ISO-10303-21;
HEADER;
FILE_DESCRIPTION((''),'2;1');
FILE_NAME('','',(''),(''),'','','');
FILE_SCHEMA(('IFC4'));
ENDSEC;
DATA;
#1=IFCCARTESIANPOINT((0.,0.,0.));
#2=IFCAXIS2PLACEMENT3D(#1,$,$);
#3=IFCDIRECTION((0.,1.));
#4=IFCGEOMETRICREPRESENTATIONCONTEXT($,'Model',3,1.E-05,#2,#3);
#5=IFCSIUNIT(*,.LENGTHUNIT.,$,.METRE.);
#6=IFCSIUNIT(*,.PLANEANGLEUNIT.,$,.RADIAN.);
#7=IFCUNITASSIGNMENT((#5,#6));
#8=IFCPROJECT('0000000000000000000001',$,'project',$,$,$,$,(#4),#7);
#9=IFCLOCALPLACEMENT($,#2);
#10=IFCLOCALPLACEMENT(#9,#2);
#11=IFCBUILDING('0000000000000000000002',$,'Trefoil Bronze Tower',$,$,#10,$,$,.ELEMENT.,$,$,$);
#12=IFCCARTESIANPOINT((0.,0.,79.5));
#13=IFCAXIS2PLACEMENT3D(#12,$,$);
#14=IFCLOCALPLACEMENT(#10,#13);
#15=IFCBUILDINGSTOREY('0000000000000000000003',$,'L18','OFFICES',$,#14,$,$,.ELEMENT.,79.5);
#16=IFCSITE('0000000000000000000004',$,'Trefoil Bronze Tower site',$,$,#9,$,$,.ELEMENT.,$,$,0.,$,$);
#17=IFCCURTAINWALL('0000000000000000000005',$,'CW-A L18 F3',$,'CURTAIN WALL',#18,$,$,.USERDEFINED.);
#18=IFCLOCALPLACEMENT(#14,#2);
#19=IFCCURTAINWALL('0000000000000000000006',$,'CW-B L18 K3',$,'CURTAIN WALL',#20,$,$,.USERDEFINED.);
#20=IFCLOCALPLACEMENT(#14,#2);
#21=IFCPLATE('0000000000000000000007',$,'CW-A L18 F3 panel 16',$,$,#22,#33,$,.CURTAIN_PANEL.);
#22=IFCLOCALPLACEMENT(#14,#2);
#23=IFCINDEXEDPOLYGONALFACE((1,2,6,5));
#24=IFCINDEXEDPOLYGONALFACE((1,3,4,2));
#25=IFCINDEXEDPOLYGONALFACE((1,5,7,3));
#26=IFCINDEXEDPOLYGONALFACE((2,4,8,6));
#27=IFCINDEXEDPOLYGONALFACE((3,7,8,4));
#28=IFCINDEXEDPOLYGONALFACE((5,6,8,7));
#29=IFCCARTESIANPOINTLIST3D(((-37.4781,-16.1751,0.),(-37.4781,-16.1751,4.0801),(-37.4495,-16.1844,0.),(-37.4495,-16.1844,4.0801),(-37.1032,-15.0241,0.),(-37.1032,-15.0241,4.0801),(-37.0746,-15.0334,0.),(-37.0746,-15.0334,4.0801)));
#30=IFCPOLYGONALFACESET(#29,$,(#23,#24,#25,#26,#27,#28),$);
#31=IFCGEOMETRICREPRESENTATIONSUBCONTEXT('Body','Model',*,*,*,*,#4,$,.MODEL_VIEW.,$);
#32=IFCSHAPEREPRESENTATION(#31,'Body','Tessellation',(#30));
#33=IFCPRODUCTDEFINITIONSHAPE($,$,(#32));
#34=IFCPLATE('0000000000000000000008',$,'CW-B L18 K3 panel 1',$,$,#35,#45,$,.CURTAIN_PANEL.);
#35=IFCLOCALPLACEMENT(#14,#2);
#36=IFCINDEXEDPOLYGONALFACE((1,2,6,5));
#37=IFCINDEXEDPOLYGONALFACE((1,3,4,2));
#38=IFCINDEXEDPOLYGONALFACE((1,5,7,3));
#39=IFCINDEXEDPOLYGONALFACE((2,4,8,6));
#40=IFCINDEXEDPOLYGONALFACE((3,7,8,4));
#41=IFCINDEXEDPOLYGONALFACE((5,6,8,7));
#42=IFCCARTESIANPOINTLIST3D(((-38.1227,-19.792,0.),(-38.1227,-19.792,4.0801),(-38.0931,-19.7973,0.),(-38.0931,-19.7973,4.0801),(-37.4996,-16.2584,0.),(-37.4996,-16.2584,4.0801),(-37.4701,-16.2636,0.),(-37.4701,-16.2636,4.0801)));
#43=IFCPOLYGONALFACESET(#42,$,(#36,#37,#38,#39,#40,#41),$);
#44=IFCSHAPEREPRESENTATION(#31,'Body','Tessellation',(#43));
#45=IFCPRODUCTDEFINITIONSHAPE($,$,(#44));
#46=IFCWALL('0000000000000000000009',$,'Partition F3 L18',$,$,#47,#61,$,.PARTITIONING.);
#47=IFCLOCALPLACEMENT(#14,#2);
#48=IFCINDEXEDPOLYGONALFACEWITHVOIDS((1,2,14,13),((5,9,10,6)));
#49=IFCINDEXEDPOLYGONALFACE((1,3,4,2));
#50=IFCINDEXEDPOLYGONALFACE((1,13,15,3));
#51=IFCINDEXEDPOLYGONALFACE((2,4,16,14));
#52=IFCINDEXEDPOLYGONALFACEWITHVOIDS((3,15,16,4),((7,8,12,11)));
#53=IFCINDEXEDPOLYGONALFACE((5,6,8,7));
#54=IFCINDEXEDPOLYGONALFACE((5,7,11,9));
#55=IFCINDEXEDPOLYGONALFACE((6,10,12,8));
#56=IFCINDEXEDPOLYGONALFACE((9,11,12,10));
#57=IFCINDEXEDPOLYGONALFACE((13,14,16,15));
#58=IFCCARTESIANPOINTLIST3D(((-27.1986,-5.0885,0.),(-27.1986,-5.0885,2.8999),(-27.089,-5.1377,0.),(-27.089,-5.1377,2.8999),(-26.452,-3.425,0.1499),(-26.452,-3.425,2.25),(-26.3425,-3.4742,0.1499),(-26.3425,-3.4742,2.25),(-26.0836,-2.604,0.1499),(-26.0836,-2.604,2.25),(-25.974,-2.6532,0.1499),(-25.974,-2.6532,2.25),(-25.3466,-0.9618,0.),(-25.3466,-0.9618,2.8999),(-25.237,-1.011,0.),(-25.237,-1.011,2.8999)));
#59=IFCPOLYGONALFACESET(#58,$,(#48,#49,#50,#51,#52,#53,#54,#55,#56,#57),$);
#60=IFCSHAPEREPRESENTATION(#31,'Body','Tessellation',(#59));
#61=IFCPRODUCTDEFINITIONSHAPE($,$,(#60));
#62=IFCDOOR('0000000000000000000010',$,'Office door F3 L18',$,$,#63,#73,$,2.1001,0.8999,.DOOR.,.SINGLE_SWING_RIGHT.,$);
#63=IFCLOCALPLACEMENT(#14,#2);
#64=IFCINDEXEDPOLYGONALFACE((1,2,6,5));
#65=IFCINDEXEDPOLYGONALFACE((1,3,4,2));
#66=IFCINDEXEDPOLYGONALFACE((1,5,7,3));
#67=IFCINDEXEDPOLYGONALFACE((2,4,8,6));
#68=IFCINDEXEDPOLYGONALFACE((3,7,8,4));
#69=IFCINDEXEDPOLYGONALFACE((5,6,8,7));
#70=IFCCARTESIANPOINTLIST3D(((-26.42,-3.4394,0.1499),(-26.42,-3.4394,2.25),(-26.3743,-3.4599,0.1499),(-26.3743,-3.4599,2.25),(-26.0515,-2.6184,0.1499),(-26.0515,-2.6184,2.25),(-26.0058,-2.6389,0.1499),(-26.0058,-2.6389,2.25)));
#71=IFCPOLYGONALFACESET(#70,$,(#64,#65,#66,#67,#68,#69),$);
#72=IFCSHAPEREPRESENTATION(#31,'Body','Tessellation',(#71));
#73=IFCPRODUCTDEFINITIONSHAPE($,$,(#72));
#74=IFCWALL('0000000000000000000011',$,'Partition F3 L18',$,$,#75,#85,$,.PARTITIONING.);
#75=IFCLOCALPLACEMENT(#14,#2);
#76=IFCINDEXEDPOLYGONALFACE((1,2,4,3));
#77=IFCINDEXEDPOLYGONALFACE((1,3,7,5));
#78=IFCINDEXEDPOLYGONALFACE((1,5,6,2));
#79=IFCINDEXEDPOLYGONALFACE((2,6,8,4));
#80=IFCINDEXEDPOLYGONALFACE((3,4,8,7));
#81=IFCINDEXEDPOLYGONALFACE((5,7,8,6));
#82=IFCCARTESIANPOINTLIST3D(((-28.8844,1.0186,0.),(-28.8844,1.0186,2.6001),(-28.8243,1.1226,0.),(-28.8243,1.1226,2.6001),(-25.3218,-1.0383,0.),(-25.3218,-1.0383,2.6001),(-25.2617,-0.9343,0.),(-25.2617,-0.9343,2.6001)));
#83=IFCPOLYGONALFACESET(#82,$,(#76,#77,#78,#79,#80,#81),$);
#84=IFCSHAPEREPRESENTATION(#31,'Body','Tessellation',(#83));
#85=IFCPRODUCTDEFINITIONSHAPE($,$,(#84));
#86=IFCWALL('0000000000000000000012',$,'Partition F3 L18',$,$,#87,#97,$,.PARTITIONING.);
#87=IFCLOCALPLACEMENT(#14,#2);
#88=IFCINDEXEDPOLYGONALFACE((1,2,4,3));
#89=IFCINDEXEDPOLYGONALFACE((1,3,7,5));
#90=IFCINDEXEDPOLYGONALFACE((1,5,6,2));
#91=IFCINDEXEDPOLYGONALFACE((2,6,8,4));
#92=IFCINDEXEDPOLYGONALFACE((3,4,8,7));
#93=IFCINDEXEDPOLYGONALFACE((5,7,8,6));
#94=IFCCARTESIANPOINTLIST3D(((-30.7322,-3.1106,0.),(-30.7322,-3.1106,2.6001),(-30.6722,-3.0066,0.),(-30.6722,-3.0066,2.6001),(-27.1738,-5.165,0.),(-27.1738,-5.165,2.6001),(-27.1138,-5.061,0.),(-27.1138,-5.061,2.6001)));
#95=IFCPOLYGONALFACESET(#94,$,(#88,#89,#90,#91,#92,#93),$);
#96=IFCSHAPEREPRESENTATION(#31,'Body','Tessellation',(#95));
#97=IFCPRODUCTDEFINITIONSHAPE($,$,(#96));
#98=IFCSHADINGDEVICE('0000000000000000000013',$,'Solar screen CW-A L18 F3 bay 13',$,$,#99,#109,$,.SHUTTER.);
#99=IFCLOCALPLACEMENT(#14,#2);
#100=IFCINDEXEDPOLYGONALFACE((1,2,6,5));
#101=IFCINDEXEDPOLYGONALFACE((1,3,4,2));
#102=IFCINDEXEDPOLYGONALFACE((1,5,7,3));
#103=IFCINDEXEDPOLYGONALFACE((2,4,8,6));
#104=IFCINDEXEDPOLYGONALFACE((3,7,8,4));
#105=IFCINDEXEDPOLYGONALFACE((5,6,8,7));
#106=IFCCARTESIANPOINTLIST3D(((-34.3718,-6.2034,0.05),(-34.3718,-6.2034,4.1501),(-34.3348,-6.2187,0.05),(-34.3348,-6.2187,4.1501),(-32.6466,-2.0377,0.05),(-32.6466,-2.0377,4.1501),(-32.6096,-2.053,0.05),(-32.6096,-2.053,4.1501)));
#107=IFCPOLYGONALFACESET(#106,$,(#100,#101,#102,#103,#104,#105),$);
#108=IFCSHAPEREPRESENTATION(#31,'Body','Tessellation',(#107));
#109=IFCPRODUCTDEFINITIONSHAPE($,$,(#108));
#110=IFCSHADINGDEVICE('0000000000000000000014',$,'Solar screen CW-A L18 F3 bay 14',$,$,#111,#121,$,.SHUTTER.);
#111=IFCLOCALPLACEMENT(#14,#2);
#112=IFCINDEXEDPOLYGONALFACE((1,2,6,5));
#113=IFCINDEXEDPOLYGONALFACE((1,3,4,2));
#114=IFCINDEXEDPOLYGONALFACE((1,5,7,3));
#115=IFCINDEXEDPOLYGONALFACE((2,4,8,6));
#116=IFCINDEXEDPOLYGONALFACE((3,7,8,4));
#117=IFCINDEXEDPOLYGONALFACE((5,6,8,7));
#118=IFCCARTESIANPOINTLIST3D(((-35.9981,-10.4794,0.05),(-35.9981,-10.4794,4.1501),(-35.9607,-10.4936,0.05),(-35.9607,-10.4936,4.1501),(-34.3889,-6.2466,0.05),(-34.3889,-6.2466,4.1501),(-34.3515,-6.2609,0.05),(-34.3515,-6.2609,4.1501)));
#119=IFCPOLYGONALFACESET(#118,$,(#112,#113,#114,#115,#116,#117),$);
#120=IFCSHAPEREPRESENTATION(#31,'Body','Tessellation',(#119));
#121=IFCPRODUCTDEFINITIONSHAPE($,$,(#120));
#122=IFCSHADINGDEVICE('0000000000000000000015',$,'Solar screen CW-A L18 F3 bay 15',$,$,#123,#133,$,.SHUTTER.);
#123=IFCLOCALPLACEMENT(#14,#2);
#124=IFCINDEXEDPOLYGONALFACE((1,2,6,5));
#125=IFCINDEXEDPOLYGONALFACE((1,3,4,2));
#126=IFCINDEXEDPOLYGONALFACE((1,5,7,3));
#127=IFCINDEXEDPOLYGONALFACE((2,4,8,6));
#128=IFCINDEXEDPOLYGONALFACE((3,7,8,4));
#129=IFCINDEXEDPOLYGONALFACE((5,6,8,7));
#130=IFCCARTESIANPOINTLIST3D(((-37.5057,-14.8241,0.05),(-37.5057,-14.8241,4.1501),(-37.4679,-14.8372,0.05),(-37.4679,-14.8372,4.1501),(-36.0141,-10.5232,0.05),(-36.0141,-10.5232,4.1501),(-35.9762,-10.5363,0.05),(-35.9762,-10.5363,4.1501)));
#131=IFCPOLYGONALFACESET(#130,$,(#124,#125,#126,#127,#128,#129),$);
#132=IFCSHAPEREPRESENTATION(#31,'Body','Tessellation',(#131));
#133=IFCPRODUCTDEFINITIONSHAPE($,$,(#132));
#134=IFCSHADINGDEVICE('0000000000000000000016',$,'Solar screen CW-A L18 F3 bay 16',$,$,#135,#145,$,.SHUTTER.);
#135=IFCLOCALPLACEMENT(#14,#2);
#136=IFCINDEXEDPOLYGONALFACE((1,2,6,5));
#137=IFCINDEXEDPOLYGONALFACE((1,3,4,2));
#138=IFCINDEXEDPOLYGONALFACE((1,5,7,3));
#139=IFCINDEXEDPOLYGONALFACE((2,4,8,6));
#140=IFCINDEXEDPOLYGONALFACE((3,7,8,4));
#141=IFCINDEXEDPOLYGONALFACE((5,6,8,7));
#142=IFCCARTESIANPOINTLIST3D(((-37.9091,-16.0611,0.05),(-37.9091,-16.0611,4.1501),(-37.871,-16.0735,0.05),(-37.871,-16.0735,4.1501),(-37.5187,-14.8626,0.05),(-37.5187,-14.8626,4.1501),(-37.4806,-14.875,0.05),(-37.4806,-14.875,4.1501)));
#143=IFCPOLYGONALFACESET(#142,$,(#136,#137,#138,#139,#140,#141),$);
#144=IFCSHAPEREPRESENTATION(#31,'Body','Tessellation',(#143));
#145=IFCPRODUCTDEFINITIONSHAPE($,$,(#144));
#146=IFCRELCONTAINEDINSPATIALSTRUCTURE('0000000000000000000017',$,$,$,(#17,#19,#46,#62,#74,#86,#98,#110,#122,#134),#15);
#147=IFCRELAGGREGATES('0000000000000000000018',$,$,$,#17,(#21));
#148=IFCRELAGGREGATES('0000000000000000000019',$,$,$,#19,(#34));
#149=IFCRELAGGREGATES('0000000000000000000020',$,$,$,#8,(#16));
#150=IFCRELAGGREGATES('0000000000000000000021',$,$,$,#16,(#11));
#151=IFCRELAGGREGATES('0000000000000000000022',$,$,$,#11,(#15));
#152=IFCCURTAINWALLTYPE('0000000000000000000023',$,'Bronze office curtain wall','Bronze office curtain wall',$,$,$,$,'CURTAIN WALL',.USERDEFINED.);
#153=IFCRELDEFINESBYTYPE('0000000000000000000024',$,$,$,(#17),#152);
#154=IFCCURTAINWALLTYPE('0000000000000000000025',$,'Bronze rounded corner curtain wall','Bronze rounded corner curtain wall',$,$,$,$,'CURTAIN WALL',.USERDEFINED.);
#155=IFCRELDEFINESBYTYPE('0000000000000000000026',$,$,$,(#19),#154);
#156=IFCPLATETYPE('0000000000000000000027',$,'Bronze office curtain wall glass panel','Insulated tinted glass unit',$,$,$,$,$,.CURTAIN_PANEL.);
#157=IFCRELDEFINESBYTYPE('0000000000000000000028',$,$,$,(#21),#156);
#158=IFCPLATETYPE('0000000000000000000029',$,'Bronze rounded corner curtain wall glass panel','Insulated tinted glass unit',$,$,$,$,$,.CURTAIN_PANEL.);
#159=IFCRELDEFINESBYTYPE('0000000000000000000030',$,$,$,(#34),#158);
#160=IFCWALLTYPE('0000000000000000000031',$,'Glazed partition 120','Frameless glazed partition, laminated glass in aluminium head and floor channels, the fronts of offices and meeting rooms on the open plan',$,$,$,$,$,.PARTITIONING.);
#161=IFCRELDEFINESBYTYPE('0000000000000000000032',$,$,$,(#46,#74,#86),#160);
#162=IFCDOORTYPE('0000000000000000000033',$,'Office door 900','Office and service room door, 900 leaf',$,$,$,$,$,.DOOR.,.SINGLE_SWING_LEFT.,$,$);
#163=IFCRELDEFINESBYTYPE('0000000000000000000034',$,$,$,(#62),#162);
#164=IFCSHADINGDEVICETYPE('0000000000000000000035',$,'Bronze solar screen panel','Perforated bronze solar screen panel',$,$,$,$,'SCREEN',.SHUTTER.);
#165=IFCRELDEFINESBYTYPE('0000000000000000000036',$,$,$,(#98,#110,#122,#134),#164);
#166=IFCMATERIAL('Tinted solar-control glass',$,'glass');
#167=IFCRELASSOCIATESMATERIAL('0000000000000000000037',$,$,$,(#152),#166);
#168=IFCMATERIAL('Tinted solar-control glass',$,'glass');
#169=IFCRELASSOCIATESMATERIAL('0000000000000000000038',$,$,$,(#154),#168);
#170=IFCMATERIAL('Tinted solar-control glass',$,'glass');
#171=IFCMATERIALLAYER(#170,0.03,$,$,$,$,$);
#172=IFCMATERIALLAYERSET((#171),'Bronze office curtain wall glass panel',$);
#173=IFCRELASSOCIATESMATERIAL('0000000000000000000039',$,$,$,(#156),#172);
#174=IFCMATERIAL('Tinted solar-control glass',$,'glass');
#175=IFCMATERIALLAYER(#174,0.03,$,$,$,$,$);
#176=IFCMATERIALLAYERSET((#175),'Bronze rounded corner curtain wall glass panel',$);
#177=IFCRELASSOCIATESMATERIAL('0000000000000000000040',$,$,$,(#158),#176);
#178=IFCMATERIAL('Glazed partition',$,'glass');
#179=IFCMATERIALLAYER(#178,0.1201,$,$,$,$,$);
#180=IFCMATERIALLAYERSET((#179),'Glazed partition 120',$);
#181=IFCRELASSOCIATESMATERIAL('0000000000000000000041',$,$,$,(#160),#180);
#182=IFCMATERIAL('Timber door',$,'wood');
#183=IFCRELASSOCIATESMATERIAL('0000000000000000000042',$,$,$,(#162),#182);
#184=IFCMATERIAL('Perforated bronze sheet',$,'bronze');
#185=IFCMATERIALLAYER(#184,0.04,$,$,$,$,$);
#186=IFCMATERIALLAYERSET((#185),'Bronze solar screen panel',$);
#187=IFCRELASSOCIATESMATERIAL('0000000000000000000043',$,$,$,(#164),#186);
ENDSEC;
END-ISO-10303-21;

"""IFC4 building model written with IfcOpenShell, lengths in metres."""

from ifc_helpers import new_model, si_unit, direction, frame, frame_2d, origin, origin_2d, place, context, subcontext, project, spatial, rectangle, extrude, material, layer, layer_set, type_object, element, fill, aggregate, save


model = new_model("IFC4")

# Units and contexts
model_context = context("Model", 3, precision=1e-05, world=origin(), true_north=direction((0.0, 1.0)))
body_context = subcontext(model_context, "Body", "Model", "MODEL_VIEW")
ifc_project = project(units=[si_unit("LENGTHUNIT", "METRE"), si_unit("PLANEANGLEUNIT", "RADIAN")], contexts=[model_context])

# Site, building, storey
site_placement = place(None, origin())
site = spatial("IfcSite", under=ifc_project, at=site_placement, Name="Trefoil Bronze Tower site", CompositionType="ELEMENT", RefElevation=0.0)
building_placement = place(site_placement, origin())
building = spatial("IfcBuilding", under=site, at=building_placement, Name="Trefoil Bronze Tower", CompositionType="ELEMENT")
storey_placement = place(building_placement, frame((0.0, 0.0, 79.5)))
storey = spatial("IfcBuildingStorey", under=building, at=storey_placement, Name="L18", Description="OFFICES", CompositionType="ELEMENT", Elevation=79.5)

# Curtain walls
ifc_material_1 = material(Name="Tinted solar-control glass", Category="glass")
curtain_wall_type_1 = type_object("IfcCurtainWallType", Name="Bronze office curtain wall", Description="Bronze office curtain wall", ElementType="CURTAIN WALL", PredefinedType="USERDEFINED", material=ifc_material_1)
curtain_wall_1_placement = place(storey_placement, origin())
curtain_wall_1 = element("IfcCurtainWall", 1, at=curtain_wall_1_placement, inside=storey, type_object=curtain_wall_type_1, Name="CW-A L18 F3", ObjectType="CURTAIN WALL", PredefinedType="USERDEFINED")
ifc_material_2 = material(Name="Tinted solar-control glass", Category="glass")
curtain_wall_type_2 = type_object("IfcCurtainWallType", Name="Bronze rounded corner curtain wall", Description="Bronze rounded corner curtain wall", ElementType="CURTAIN WALL", PredefinedType="USERDEFINED", material=ifc_material_2)
curtain_wall_2_placement = place(storey_placement, origin())
curtain_wall_2 = element("IfcCurtainWall", 2, at=curtain_wall_2_placement, inside=storey, type_object=curtain_wall_type_2, Name="CW-B L18 K3", ObjectType="CURTAIN WALL", PredefinedType="USERDEFINED")

# Plates
ifc_material_3 = material(Name="Tinted solar-control glass", Category="glass")
ifc_layer_1 = layer(ifc_material_3, 0.03)
ifc_layer_set_1 = layer_set([ifc_layer_1], Name="Bronze office curtain wall glass panel")
plate_type_1 = type_object("IfcPlateType", Name="Bronze office curtain wall glass panel", Description="Insulated tinted glass unit", PredefinedType="CURTAIN_PANEL", material=ifc_layer_set_1)
plate_1_placement = place(storey_placement, frame((-37.2764, -15.6042, 0.0), z_axis=(0.0, 0.0, 1.0), x_axis=(-0.309728, -0.950825, 0.0)))
plate_1 = element("IfcPlate", 3, at=plate_1_placement, type_object=plate_type_1, Name="CW-A L18 F3 panel 16", PredefinedType="CURTAIN_PANEL", context=body_context, shape_type="SweptSolid", body=[
    extrude(rectangle(XDim=1.2104, YDim=0.03, at=origin_2d()), origin(), (0.0, 0.0, 1.0), 4.0801),
])
aggregate(curtain_wall_1, [plate_1])
ifc_material_4 = material(Name="Tinted solar-control glass", Category="glass")
ifc_layer_2 = layer(ifc_material_4, 0.03)
ifc_layer_set_2 = layer_set([ifc_layer_2], Name="Bronze rounded corner curtain wall glass panel")
plate_type_2 = type_object("IfcPlateType", Name="Bronze rounded corner curtain wall glass panel", Description="Insulated tinted glass unit", PredefinedType="CURTAIN_PANEL", material=ifc_layer_set_2)
plate_2_placement = place(storey_placement, frame((-37.7964, -18.0278, 0.0), z_axis=(0.0, 0.0, 1.0), x_axis=(-0.173648, -0.984808, 0.0)))
plate_2 = element("IfcPlate", 4, at=plate_2_placement, type_object=plate_type_2, Name="CW-B L18 K3 panel 1", PredefinedType="CURTAIN_PANEL", context=body_context, shape_type="SweptSolid", body=[
    extrude(rectangle(XDim=3.5881, YDim=0.03, at=origin_2d()), origin(), (0.0, 0.0, 1.0), 4.0801),
])
aggregate(curtain_wall_2, [plate_2])

# Wall, opening, door
ifc_material_5 = material(Name="Glazed partition", Category="glass")
ifc_layer_3 = layer(ifc_material_5, 0.1201)
ifc_layer_set_3 = layer_set([ifc_layer_3], Name="Glazed partition 120")
wall_type = type_object("IfcWallType", Name="Glazed partition 120", Description="Frameless glazed partition, laminated glass in aluminium head and floor channels, the fronts of offices and meeting rooms on the open plan", PredefinedType="PARTITIONING", material=ifc_layer_set_3)
wall_1_placement = place(storey_placement, frame((-25.2917, -0.9863, 0.0), z_axis=(0.0, 0.0, 1.0), x_axis=(-0.409451, -0.912332, 0.0)))
wall_1 = element("IfcWall", 5, at=wall_1_placement, inside=storey, type_object=wall_type, Name="Partition F3 L18", PredefinedType="PARTITIONING", context=body_context, shape_type="SweptSolid", body=[
    extrude(rectangle(XDim=4.5232, YDim=0.1201, at=frame_2d((2.2617, 0.0))), origin(), (0.0, 0.0, 1.0), 2.8999),
])
opening_placement = place(wall_1_placement, frame((1.8, 0.0, 0.1499)))
opening = element("IfcOpeningElement", 6, at=opening_placement, cuts=wall_1, PredefinedType="OPENING", context=body_context, shape_type="SweptSolid", body=[
    extrude(rectangle(XDim=0.8999, YDim=2.1001, at=frame_2d((0.45, 1.05))), frame((0.0, 0.0701, 0.0), z_axis=(0.0, -1.0, 0.0), x_axis=(1.0, 0.0, 0.0)), (0.0, 0.0, 1.0), 0.1401),
])
ifc_material_6 = material(Name="Timber door", Category="wood")
door_type = type_object("IfcDoorType", Name="Office door 900", Description="Office and service room door, 900 leaf", OperationType="SINGLE_SWING_LEFT", PredefinedType="DOOR", material=ifc_material_6)
door_placement = place(opening_placement, frame((0.8999, 0.0, 0.0), z_axis=(0.0, 0.0, 1.0), x_axis=(-1.0, 0.0, 0.0)))
door = element("IfcDoor", 7, at=door_placement, inside=storey, type_object=door_type, Name="Office door F3 L18", OperationType="SINGLE_SWING_RIGHT", OverallHeight=2.1001, OverallWidth=0.8999, PredefinedType="DOOR", context=body_context, shape_type="SweptSolid", body=[
    extrude(rectangle(XDim=0.8999, YDim=2.1001, at=frame_2d((0.45, 1.05))), frame((0.0, 0.0249, 0.0), z_axis=(0.0, -1.0, 0.0), x_axis=(1.0, 0.0, 0.0)), (0.0, 0.0, 1.0), 0.05),
])
fill(opening, door)

# Walls
wall_2_placement = place(storey_placement, frame((-25.2917, -0.9863, 0.0), z_axis=(0.0, 0.0, 1.0), x_axis=(-0.866018, 0.500014, 0.0)))
element("IfcWall", 8, at=wall_2_placement, inside=storey, type_object=wall_type, Name="Partition F3 L18", PredefinedType="PARTITIONING", context=body_context, shape_type="SweptSolid", body=[
    extrude(rectangle(XDim=4.1138, YDim=0.1201, at=frame_2d((2.0569, 0.0))), origin(), (0.0, 0.0, 1.0), 2.6001),
])
wall_3_placement = place(storey_placement, frame((-27.1438, -5.113, 0.0), z_axis=(0.0, 0.0, 1.0), x_axis=(-0.866022, 0.500005, 0.0)))
element("IfcWall", 9, at=wall_3_placement, inside=storey, type_object=wall_type, Name="Partition F3 L18", PredefinedType="PARTITIONING", context=body_context, shape_type="SweptSolid", body=[
    extrude(rectangle(XDim=4.1089, YDim=0.1201, at=frame_2d((2.0544, 0.0))), origin(), (0.0, 0.0, 1.0), 2.6001),
])

# Shading devices
ifc_material_7 = material(Name="Perforated bronze sheet", Category="bronze")
ifc_layer_4 = layer(ifc_material_7, 0.04)
ifc_layer_set_4 = layer_set([ifc_layer_4], Name="Bronze solar screen panel")
shading_device_type = type_object("IfcShadingDeviceType", Name="Bronze solar screen panel", Description="Perforated bronze solar screen panel", ElementType="SCREEN", PredefinedType="SHUTTER", material=ifc_layer_set_4)
shading_device_1_placement = place(storey_placement, frame((-33.4907, -4.1282, 0.05), z_axis=(0.0, 0.0, 1.0), x_axis=(-0.38263, -0.923902, 0.0)))
element("IfcShadingDevice", 10, at=shading_device_1_placement, inside=storey, type_object=shading_device_type, Name="Solar screen CW-A L18 F3 bay 13", PredefinedType="SHUTTER", context=body_context, shape_type="SweptSolid", body=[
    extrude(rectangle(XDim=4.5088, YDim=0.04, at=origin_2d()), origin(), (0.0, 0.0, 1.0), 4.1001),
])
shading_device_2_placement = place(storey_placement, frame((-35.1748, -8.3701, 0.05), z_axis=(0.0, 0.0, 1.0), x_axis=(-0.355371, -0.934725, 0.0)))
element("IfcShadingDevice", 11, at=shading_device_2_placement, inside=storey, type_object=shading_device_type, Name="Solar screen CW-A L18 F3 bay 14", PredefinedType="SHUTTER", context=body_context, shape_type="SweptSolid", body=[
    extrude(rectangle(XDim=4.5283, YDim=0.04, at=origin_2d()), origin(), (0.0, 0.0, 1.0), 4.1001),
])
shading_device_3_placement = place(storey_placement, frame((-36.741, -12.6802, 0.05), z_axis=(0.0, 0.0, 1.0), x_axis=(-0.327674, -0.944791, 0.0)))
element("IfcShadingDevice", 12, at=shading_device_3_placement, inside=storey, type_object=shading_device_type, Name="Solar screen CW-A L18 F3 bay 15", PredefinedType="SHUTTER", context=body_context, shape_type="SweptSolid", body=[
    extrude(rectangle(XDim=4.5522, YDim=0.04, at=origin_2d()), origin(), (0.0, 0.0, 1.0), 4.1001),
])
shading_device_4_placement = place(storey_placement, frame((-37.6948, -15.468, 0.05), z_axis=(0.0, 0.0, 1.0), x_axis=(-0.309728, -0.950825, 0.0)))
element("IfcShadingDevice", 13, at=shading_device_4_placement, inside=storey, type_object=shading_device_type, Name="Solar screen CW-A L18 F3 bay 16", PredefinedType="SHUTTER", context=body_context, shape_type="SweptSolid", body=[
    extrude(rectangle(XDim=1.2605, YDim=0.04, at=origin_2d()), origin(), (0.0, 0.0, 1.0), 4.1001),
])

save(model, "model.ifc")
